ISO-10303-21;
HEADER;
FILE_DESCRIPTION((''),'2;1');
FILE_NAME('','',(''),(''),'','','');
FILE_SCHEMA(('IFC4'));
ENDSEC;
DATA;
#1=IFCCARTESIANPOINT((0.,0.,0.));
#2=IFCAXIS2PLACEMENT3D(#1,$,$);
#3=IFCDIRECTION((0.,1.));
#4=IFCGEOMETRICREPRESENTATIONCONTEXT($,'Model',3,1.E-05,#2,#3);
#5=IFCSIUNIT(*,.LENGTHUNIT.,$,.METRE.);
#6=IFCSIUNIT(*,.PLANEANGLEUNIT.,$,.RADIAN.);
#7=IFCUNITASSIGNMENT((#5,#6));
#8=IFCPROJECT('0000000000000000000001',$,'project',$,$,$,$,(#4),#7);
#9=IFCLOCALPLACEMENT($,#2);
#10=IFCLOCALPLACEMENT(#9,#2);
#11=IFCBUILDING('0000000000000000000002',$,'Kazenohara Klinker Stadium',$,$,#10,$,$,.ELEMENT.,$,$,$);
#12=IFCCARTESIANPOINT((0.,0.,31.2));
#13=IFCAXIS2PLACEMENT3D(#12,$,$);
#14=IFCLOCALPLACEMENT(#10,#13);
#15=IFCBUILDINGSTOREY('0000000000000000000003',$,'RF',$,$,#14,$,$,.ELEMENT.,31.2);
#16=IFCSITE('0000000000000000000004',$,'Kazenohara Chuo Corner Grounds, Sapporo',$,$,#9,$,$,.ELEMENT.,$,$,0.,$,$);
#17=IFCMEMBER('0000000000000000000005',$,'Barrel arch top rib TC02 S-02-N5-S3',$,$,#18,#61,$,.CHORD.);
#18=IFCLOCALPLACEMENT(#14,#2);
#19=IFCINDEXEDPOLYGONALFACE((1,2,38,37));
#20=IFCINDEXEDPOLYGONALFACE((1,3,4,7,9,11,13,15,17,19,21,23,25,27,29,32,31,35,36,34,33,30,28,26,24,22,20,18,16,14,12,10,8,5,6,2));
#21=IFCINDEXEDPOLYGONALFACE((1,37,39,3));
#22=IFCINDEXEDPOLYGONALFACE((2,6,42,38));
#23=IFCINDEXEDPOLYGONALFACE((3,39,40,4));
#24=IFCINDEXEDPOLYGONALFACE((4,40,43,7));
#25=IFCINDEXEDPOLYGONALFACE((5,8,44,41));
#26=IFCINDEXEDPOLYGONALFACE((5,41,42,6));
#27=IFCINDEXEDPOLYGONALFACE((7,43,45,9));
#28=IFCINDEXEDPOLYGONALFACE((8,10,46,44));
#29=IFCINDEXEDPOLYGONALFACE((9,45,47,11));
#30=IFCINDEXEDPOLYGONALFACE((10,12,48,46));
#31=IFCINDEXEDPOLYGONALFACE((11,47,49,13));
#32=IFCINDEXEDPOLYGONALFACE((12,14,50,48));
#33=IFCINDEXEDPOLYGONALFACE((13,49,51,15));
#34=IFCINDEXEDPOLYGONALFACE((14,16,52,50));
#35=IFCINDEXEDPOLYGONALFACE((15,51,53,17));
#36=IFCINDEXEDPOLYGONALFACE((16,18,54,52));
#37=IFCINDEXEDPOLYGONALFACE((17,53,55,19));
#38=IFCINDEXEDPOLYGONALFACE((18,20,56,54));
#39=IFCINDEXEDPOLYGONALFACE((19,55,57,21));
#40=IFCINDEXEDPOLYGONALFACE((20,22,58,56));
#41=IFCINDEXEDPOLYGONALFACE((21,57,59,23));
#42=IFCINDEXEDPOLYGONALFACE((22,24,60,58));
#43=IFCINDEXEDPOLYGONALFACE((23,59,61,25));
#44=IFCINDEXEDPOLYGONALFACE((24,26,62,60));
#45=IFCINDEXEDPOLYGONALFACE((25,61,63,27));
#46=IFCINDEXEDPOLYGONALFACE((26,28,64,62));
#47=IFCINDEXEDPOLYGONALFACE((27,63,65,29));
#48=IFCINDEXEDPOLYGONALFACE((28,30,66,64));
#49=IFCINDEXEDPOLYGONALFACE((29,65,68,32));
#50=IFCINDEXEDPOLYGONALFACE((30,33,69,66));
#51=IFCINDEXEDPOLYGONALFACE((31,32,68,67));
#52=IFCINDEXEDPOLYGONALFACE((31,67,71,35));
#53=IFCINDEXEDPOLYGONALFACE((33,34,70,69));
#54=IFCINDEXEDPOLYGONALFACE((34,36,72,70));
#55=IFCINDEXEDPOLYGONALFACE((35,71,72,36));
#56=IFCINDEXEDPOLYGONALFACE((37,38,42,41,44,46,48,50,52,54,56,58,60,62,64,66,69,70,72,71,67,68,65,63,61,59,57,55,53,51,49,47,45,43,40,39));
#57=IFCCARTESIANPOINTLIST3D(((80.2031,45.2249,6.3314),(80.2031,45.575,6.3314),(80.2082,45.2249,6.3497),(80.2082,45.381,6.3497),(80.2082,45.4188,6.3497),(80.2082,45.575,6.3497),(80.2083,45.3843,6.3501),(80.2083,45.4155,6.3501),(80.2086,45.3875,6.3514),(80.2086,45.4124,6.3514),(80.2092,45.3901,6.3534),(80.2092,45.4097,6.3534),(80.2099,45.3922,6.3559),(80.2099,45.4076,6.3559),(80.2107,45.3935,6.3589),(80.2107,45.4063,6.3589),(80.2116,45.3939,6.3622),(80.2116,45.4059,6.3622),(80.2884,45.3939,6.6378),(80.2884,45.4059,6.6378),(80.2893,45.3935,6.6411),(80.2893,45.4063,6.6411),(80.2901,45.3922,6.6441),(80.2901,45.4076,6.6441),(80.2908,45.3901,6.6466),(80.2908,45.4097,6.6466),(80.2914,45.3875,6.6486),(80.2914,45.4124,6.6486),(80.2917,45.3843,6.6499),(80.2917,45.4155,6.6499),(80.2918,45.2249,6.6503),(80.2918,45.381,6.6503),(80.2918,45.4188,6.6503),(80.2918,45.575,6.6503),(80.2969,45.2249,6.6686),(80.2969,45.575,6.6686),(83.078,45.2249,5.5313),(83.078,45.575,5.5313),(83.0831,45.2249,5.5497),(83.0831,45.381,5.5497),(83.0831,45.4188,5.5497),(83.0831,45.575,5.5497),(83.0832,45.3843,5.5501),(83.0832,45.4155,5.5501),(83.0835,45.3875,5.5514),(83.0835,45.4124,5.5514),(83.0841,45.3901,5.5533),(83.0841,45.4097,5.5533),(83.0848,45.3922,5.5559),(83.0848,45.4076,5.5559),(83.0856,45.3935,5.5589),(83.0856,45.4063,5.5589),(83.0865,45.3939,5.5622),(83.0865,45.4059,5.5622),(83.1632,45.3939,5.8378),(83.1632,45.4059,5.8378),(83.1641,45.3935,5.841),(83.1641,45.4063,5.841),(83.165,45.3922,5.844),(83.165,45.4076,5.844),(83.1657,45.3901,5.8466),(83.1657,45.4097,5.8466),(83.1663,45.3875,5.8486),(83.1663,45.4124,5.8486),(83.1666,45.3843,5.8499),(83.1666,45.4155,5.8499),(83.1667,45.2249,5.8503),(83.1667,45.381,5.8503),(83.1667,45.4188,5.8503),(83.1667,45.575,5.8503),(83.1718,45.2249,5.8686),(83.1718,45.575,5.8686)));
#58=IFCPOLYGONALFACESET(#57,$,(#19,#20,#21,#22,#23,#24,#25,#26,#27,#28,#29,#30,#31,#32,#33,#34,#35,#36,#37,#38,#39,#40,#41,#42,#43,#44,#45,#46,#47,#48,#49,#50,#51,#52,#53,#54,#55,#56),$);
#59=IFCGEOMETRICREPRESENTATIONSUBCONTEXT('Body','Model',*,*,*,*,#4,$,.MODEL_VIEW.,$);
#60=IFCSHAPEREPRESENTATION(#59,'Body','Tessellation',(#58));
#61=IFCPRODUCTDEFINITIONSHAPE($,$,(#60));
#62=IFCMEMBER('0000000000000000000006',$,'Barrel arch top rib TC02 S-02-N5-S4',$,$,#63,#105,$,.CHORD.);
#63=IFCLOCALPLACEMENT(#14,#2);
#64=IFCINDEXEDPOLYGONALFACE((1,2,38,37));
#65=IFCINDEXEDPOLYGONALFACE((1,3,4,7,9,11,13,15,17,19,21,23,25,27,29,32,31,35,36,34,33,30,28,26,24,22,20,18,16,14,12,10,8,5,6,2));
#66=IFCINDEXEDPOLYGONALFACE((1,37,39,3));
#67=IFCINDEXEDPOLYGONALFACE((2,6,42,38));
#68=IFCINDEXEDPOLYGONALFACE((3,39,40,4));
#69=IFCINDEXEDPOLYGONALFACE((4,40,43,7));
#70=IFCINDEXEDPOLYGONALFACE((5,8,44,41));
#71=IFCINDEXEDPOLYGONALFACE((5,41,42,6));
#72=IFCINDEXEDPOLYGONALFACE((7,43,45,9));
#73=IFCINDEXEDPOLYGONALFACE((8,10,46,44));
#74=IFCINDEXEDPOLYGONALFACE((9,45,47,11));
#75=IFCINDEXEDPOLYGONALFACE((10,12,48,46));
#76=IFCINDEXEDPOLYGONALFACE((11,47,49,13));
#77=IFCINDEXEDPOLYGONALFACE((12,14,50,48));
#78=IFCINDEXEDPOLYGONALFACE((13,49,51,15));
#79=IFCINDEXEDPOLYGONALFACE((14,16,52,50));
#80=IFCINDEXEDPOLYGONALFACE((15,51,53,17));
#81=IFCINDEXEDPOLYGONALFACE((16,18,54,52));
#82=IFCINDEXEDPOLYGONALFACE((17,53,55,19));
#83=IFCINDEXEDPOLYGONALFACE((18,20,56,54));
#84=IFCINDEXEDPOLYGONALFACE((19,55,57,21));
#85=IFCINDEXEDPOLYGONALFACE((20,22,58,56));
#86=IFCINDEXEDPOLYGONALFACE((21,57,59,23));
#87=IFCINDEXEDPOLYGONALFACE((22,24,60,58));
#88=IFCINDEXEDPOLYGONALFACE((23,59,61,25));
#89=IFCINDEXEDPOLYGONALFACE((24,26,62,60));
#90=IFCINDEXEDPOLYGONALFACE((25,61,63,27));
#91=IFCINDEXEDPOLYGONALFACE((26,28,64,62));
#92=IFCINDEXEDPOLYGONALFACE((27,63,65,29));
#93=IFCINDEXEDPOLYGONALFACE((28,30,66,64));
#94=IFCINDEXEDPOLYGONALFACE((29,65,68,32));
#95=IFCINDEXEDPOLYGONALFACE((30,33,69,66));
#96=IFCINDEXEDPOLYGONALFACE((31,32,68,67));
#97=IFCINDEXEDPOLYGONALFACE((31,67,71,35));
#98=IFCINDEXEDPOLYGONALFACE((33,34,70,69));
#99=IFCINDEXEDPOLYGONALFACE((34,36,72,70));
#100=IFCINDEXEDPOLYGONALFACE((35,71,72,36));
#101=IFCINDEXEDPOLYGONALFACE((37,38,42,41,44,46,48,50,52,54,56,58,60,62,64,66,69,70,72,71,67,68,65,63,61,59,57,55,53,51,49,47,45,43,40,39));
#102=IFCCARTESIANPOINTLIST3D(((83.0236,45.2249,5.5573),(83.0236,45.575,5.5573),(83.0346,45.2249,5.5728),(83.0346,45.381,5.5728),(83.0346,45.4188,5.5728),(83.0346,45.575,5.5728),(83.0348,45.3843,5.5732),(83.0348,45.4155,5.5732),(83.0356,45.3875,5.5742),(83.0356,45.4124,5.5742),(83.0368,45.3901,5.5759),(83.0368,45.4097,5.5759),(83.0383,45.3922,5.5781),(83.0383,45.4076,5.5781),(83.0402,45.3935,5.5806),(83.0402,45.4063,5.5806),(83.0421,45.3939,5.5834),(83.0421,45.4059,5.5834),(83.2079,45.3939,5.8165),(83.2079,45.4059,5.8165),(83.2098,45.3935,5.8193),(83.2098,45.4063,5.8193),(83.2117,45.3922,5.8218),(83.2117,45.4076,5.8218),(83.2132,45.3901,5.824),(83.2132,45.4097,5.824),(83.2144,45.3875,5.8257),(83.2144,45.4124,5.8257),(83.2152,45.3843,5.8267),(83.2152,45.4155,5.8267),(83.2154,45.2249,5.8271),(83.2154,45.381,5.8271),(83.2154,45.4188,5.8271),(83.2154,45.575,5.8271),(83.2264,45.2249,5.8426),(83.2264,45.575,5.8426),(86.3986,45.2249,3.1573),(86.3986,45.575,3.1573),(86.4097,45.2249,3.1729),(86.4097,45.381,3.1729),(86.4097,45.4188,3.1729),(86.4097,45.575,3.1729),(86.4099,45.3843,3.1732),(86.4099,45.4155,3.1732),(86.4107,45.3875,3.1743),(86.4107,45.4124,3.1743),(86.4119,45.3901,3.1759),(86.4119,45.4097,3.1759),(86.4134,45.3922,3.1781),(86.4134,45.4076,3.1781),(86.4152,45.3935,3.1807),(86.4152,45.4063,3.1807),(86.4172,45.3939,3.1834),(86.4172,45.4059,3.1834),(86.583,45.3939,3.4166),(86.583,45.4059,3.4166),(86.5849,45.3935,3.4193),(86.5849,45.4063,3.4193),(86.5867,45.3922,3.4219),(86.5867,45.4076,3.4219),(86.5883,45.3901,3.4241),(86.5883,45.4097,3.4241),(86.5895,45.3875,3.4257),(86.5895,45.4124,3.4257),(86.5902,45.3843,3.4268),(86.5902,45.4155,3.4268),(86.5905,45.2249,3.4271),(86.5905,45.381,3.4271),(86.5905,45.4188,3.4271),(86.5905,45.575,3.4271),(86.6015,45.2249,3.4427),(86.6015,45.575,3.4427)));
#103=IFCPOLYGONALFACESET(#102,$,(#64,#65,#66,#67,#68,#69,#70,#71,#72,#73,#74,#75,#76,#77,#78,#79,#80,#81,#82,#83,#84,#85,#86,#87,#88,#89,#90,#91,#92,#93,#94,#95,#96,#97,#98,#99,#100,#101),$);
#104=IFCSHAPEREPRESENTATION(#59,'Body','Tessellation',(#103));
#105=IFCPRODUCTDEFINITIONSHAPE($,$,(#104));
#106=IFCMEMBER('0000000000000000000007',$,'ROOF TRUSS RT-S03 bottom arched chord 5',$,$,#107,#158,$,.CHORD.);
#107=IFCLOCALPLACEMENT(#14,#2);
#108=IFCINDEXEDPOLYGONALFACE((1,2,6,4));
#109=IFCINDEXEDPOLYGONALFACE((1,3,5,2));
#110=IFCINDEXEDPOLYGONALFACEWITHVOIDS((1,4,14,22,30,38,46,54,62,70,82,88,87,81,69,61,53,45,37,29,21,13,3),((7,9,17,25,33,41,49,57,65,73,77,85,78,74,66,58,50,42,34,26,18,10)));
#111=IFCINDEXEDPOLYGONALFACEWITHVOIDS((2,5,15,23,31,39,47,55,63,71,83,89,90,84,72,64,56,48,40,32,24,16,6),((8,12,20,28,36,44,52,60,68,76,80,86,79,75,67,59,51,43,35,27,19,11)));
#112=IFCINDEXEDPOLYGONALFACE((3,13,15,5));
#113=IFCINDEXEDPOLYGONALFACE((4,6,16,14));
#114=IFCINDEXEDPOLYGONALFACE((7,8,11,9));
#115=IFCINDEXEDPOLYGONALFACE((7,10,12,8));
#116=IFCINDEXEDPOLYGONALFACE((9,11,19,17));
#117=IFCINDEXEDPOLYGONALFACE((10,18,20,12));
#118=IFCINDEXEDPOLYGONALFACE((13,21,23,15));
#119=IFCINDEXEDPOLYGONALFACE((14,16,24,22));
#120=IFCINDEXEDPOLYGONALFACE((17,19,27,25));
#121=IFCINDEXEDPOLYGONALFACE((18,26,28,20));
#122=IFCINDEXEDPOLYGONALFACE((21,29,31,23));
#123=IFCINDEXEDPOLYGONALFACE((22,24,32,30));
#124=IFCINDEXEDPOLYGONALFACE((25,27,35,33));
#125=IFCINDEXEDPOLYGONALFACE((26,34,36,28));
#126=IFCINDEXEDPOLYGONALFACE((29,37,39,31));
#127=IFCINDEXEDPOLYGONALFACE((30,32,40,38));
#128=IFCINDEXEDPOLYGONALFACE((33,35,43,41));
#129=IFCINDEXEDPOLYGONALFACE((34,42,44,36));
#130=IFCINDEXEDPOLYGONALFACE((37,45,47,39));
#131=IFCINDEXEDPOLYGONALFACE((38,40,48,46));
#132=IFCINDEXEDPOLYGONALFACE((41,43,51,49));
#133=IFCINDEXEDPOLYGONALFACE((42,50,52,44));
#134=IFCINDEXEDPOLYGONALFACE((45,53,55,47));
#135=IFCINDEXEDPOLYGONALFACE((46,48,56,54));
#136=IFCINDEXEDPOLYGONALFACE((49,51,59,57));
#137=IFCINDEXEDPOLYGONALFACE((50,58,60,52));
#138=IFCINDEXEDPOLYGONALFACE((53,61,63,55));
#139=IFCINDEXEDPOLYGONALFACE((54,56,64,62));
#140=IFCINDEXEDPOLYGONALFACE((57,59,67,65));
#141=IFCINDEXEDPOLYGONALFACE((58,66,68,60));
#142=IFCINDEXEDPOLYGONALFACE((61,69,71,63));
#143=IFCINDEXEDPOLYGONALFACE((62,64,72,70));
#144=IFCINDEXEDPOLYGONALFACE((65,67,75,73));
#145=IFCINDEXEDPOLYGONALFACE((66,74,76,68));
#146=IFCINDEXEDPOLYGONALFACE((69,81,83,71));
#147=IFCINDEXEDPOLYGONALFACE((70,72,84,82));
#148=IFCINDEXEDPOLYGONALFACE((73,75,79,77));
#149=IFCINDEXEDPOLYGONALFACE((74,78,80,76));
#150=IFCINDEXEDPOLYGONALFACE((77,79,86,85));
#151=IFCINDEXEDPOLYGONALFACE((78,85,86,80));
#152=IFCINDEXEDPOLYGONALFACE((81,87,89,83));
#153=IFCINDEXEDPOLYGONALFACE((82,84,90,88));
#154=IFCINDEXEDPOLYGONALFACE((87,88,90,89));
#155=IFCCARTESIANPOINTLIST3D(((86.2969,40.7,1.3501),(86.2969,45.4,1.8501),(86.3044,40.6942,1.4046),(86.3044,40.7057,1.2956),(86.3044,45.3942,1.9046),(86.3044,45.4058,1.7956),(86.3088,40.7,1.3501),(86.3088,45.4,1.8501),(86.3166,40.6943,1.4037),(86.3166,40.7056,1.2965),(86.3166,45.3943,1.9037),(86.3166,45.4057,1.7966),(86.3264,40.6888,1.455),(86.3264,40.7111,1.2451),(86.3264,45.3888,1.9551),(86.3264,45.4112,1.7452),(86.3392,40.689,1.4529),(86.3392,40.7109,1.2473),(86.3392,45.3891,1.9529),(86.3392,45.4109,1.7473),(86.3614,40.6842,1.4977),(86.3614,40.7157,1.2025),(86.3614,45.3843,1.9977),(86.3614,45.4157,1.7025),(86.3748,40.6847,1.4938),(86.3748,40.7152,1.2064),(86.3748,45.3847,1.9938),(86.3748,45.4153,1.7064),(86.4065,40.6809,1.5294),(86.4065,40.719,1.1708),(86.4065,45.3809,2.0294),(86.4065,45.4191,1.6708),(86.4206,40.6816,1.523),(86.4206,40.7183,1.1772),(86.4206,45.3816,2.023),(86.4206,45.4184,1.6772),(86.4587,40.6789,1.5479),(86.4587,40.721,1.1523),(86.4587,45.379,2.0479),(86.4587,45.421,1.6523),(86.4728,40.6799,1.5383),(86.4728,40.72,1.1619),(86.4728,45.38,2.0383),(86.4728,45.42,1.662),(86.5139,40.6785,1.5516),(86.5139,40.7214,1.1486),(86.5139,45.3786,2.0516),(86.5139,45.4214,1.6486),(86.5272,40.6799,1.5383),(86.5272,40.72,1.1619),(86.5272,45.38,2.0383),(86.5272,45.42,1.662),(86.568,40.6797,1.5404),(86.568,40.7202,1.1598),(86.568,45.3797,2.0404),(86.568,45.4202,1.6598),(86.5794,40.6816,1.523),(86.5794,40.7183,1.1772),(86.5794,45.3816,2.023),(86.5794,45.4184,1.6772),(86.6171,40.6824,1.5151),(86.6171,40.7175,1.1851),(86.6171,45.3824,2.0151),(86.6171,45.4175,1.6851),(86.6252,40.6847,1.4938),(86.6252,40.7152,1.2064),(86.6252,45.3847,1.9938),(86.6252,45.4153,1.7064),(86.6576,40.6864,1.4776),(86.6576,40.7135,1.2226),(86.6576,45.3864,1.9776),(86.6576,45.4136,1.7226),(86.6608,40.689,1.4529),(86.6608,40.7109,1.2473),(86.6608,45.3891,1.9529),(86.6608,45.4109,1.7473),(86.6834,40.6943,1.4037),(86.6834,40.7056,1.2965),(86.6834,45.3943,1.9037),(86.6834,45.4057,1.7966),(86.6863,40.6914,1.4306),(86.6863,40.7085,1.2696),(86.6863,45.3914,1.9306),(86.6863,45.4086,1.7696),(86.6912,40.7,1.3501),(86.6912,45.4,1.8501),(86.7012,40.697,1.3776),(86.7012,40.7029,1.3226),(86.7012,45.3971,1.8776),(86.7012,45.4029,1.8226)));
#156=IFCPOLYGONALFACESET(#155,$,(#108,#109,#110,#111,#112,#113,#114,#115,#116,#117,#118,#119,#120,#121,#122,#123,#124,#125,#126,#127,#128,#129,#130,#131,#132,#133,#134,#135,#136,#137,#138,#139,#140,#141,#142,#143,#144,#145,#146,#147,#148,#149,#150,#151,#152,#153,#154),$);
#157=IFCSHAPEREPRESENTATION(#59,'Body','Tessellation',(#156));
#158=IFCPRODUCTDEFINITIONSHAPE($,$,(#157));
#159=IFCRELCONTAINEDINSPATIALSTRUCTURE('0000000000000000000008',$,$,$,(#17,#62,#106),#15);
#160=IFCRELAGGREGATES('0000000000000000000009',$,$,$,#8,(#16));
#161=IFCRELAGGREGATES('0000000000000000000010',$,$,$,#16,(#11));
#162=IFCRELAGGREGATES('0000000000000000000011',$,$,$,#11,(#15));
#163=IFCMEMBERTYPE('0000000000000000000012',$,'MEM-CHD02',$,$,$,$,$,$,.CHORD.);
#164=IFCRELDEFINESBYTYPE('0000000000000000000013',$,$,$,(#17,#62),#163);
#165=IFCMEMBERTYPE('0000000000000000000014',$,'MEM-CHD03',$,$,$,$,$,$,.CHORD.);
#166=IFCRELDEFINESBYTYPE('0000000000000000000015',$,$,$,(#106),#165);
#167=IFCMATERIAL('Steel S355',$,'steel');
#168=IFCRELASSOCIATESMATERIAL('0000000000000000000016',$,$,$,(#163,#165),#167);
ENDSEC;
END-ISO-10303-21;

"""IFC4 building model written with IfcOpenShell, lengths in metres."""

from ifc_helpers import new_model, si_unit, direction, frame, origin, origin_2d, place, context, subcontext, project, spatial, hollow_circle, i_section, extrude, material, material_profile, profile_set, type_object, element, save


model = new_model("IFC4")

# Units and contexts
model_context = context("Model", 3, precision=1e-05, world=origin(), true_north=direction((0.0, 1.0)))
body_context = subcontext(model_context, "Body", "Model", "MODEL_VIEW")
ifc_project = project(units=[si_unit("LENGTHUNIT", "METRE"), si_unit("PLANEANGLEUNIT", "RADIAN")], contexts=[model_context])

# Site, building, storey
site_placement = place(None, origin())
site = spatial("IfcSite", under=ifc_project, at=site_placement, Name="Kazenohara Chuo Corner Grounds, Sapporo", CompositionType="ELEMENT", RefElevation=0.0)
building_placement = place(site_placement, origin())
building = spatial("IfcBuilding", under=site, at=building_placement, Name="Kazenohara Klinker Stadium", CompositionType="ELEMENT")
storey_placement = place(building_placement, frame((0.0, 0.0, 31.2)))
storey = spatial("IfcBuildingStorey", under=building, at=storey_placement, Name="RF", CompositionType="ELEMENT", Elevation=31.2)

# Members
ifc_material = material(Name="Steel S355", Category="steel")
ifc_material_profile_1 = material_profile(ifc_material, i_section(OverallWidth=0.3501, OverallDepth=0.3501, WebThickness=0.012, FlangeThickness=0.019, FilletRadius=0.0129, at=origin_2d()), Name="H-350x350x12x19")
ifc_profile_set_1 = profile_set([ifc_material_profile_1], Name="Steel S355")
member_type_1 = type_object("IfcMemberType", Name="MEM-CHD02", PredefinedType="CHORD", material=ifc_profile_set_1)
for number, where, z_axis, x_axis, name in (
    (1, (80.25, 45.3999, 6.5), (0.963394, 0.0, -0.268091), (0.0, 1.0, 0.0), "Barrel arch top rib TC02 S-02-N5-S3"),
):
    element("IfcMember", number, at=place(storey_placement, frame(where, z_axis=z_axis, x_axis=x_axis)), inside=storey, type_object=member_type_1, Name=name, PredefinedType="CHORD", context=body_context, shape_type="SweptSolid", body=[
        extrude(i_section(OverallWidth=0.3501, OverallDepth=0.3501, WebThickness=0.012, FlangeThickness=0.019, FilletRadius=0.0129, at=origin_2d()), origin(), (0.0, 0.0, 1.0), 2.9841),
    ])
member_1_placement = place(storey_placement, frame((83.125, 45.3999, 5.7), z_axis=(0.814966, 0.0, -0.579508), x_axis=(0.0, 1.0, 0.0)))
element("IfcMember", 2, at=member_1_placement, inside=storey, type_object=member_type_1, Name="Barrel arch top rib TC02 S-02-N5-S4", PredefinedType="CHORD", context=body_context, shape_type="SweptSolid", body=[
    extrude(i_section(OverallWidth=0.3501, OverallDepth=0.3501, WebThickness=0.012, FlangeThickness=0.019, FilletRadius=0.0129, at=origin_2d()), origin(), (0.0, 0.0, 1.0), 4.1414),
])
ifc_material_profile_2 = material_profile(ifc_material, hollow_circle(Radius=0.2031, WallThickness=0.012, at=origin_2d()), Name="CHS-406.4x12")
ifc_profile_set_2 = profile_set([ifc_material_profile_2], Name="Steel S355")
member_type_2 = type_object("IfcMemberType", Name="MEM-CHD03", PredefinedType="CHORD", material=ifc_profile_set_2)
member_2_placement = place(storey_placement, frame((86.5, 40.7, 1.3501), z_axis=(0.0, 0.994389, 0.105787), x_axis=(-1.0, 0.0, 0.0)))
element("IfcMember", 3, at=member_2_placement, inside=storey, type_object=member_type_2, Name="ROOF TRUSS RT-S03 bottom arched chord 5", PredefinedType="CHORD", context=body_context, shape_type="SweptSolid", body=[
    extrude(hollow_circle(Radius=0.2031, WallThickness=0.012, at=origin_2d()), origin(), (0.0, 0.0, 1.0), 4.7266),
])

save(model, "model.ifc")
